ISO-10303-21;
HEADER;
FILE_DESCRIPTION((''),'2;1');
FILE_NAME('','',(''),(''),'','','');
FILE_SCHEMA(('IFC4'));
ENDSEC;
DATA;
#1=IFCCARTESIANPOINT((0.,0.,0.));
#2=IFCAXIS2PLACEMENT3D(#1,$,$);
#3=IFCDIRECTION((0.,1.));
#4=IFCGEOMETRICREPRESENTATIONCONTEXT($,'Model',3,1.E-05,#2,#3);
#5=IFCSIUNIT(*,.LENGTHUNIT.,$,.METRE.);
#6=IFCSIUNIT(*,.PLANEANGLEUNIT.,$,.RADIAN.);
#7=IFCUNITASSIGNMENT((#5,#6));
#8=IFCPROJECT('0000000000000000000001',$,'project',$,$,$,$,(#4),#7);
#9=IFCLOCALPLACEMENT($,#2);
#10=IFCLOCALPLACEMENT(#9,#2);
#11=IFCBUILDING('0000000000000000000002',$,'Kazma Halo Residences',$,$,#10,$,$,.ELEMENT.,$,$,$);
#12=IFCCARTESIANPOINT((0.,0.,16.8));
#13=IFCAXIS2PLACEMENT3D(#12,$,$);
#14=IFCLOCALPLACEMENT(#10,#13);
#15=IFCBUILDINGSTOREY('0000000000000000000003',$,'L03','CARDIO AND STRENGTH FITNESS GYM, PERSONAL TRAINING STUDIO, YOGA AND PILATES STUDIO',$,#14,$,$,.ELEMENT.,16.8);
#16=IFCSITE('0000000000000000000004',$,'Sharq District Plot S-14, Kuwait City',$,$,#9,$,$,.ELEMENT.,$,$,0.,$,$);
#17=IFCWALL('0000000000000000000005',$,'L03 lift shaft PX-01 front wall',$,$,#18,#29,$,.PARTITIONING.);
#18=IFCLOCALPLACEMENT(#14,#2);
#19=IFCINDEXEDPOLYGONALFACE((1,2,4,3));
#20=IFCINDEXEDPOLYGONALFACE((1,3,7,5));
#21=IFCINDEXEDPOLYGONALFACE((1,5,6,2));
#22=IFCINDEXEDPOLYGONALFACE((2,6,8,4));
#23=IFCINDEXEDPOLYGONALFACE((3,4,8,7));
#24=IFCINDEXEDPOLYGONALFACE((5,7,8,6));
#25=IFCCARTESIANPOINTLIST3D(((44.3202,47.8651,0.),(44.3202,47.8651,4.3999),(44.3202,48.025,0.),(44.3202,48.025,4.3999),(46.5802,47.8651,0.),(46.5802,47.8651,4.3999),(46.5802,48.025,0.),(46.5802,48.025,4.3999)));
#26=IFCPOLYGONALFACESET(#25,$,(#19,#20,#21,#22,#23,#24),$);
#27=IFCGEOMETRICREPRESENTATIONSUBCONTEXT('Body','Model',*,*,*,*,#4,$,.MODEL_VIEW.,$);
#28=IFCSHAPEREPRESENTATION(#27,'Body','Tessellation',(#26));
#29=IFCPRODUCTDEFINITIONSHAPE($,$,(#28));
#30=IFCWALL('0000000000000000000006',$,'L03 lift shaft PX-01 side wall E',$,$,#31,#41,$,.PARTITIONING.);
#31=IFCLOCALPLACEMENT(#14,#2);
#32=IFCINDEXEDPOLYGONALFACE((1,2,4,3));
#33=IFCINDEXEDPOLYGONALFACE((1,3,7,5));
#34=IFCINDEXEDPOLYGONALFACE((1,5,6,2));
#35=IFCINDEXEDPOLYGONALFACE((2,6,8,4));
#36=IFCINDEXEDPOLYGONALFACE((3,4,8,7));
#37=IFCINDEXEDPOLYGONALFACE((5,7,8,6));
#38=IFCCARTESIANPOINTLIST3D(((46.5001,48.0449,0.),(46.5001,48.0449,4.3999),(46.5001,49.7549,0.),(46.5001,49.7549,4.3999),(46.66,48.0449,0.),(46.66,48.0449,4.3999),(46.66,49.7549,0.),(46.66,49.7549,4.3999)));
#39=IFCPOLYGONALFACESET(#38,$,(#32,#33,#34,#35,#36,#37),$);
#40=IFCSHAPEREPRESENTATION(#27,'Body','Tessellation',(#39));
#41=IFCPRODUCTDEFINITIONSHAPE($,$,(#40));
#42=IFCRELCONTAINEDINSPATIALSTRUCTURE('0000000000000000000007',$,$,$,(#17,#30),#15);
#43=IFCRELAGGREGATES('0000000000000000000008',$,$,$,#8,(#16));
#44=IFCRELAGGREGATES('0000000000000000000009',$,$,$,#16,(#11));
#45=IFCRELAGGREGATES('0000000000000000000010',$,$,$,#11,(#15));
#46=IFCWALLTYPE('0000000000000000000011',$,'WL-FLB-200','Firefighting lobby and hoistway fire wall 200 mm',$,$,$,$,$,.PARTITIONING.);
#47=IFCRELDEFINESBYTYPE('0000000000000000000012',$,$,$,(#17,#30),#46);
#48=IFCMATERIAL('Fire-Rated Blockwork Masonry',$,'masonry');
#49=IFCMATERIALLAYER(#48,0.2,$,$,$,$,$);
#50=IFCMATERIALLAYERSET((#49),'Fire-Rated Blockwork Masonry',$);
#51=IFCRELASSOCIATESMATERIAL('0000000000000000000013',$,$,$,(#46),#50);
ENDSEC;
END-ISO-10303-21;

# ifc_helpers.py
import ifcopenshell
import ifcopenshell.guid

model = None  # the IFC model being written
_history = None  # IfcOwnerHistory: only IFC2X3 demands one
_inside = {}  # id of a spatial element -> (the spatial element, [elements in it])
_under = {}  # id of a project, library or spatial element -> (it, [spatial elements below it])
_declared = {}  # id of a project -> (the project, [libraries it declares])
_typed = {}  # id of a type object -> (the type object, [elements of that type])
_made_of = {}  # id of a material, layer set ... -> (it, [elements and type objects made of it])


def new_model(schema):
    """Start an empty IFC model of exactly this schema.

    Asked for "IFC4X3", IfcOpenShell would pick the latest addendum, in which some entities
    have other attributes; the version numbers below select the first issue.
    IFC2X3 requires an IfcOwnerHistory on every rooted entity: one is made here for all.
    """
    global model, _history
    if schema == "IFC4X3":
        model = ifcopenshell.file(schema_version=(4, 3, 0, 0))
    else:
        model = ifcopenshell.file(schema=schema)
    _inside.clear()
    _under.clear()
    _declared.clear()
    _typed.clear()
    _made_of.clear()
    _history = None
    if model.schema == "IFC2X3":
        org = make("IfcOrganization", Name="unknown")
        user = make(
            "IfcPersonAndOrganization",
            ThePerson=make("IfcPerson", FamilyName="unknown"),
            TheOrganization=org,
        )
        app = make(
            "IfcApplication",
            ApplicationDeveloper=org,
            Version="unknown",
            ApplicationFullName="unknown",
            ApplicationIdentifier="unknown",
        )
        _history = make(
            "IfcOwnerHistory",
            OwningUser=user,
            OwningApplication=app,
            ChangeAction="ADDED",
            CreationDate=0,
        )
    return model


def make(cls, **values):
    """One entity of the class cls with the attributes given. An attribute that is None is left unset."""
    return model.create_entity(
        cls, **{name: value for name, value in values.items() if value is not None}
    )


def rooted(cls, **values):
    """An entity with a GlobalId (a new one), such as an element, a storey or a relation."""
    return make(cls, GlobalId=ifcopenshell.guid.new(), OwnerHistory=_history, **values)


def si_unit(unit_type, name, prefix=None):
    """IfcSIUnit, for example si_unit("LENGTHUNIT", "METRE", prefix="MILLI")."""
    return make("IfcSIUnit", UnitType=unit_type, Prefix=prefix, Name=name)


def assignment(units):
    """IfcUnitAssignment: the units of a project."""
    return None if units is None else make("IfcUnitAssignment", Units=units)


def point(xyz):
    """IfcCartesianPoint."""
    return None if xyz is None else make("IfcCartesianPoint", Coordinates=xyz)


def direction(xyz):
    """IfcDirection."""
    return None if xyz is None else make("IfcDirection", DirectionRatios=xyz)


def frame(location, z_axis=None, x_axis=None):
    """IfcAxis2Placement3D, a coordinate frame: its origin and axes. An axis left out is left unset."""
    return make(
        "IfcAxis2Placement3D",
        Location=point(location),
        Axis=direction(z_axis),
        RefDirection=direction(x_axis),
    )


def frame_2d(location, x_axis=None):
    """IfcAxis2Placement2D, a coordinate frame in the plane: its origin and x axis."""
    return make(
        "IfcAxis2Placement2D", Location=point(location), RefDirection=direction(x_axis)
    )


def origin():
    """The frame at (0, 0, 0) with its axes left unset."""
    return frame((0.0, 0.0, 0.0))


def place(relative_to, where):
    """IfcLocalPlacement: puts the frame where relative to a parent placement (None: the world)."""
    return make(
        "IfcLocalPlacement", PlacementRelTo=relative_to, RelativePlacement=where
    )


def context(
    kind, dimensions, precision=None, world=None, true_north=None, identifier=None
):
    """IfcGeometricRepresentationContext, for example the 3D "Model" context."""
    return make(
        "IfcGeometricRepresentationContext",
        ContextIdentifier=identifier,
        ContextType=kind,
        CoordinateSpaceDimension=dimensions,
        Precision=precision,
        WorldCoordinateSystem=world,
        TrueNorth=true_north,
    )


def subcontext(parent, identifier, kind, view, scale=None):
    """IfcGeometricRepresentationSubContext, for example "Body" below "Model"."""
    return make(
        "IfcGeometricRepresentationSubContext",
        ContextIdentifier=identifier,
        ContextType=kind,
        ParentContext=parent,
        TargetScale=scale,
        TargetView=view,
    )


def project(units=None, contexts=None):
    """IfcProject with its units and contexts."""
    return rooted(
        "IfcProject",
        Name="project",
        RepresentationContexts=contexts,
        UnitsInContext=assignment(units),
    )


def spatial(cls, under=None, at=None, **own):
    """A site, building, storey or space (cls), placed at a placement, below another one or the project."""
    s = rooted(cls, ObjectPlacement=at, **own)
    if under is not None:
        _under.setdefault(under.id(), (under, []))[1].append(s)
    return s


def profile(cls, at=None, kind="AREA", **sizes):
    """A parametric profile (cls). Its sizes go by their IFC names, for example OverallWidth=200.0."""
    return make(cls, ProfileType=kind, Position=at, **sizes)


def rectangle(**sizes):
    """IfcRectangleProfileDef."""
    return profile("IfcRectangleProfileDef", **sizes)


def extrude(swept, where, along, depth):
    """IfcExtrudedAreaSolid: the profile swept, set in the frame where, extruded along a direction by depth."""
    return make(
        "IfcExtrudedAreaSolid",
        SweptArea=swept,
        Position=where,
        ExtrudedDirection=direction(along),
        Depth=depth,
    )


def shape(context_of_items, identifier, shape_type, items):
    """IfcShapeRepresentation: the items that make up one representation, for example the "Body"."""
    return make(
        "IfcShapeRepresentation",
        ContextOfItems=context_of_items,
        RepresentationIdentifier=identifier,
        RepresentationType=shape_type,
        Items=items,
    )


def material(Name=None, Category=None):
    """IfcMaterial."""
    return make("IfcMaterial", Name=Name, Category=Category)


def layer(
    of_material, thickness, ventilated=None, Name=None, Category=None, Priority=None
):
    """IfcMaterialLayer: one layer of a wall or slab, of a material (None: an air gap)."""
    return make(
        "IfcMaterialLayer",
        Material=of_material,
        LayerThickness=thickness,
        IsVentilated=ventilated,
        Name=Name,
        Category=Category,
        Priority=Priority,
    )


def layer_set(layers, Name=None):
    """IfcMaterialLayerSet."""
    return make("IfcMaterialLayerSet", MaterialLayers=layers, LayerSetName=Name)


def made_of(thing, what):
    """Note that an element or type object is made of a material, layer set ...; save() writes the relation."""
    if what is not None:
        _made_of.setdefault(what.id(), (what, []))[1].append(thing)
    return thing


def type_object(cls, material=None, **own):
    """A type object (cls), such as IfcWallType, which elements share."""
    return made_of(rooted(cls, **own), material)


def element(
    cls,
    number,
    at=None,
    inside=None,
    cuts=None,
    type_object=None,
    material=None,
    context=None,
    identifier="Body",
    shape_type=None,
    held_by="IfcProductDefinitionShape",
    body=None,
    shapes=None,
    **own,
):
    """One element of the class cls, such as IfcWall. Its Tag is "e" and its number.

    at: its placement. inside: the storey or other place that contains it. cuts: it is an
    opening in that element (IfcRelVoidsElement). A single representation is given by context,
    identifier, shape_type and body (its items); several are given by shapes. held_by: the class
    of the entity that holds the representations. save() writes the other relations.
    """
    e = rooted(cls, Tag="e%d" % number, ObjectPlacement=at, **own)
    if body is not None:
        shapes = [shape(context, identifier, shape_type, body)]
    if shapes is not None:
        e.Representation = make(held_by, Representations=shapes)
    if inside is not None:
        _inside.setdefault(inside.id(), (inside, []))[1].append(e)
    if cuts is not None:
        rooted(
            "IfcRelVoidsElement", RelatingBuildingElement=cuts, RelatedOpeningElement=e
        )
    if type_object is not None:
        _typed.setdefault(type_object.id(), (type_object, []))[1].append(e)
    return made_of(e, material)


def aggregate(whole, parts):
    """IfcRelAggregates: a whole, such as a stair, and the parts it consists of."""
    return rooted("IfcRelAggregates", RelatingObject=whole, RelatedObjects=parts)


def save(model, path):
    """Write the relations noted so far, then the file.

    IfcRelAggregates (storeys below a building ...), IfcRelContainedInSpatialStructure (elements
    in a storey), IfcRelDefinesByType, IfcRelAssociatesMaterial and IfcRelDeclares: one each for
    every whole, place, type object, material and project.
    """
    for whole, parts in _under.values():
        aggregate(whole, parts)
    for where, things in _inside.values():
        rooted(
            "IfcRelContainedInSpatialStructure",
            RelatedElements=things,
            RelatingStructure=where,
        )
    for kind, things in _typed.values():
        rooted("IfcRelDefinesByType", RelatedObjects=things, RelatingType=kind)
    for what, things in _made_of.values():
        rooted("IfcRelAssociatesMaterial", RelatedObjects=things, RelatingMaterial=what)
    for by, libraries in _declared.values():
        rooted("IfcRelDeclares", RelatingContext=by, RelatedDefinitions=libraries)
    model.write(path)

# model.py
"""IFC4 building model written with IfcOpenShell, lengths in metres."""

from ifc_helpers import new_model, si_unit, direction, frame, frame_2d, origin, place, context, subcontext, project, spatial, rectangle, extrude, material, layer, layer_set, type_object, element, save


model = new_model("IFC4")

# Units and contexts
model_context = context("Model", 3, precision=1e-05, world=origin(), true_north=direction((0.0, 1.0)))
body_context = subcontext(model_context, "Body", "Model", "MODEL_VIEW")
ifc_project = project(units=[si_unit("LENGTHUNIT", "METRE"), si_unit("PLANEANGLEUNIT", "RADIAN")], contexts=[model_context])

# Site, building, storey
site_placement = place(None, origin())
site = spatial("IfcSite", under=ifc_project, at=site_placement, Name="Sharq District Plot S-14, Kuwait City", CompositionType="ELEMENT", RefElevation=0.0)
building_placement = place(site_placement, origin())
building = spatial("IfcBuilding", under=site, at=building_placement, Name="Kazma Halo Residences", CompositionType="ELEMENT")
storey_placement = place(building_placement, frame((0.0, 0.0, 16.8)))
storey = spatial("IfcBuildingStorey", under=building, at=storey_placement, Name="L03", Description="CARDIO AND STRENGTH FITNESS GYM, PERSONAL TRAINING STUDIO, YOGA AND PILATES STUDIO", CompositionType="ELEMENT", Elevation=16.8)

# Walls
ifc_material_1 = material(Name="Fire-Rated Blockwork Masonry", Category="masonry")
ifc_layer_1 = layer(ifc_material_1, 0.2)
ifc_layer_set_1 = layer_set([ifc_layer_1], Name="Fire-Rated Blockwork Masonry")
wall_type_1 = type_object("IfcWallType", Name="WL-FLB-200", Description="Firefighting lobby and hoistway fire wall 200 mm", PredefinedType="PARTITIONING", material=ifc_layer_set_1)
wall_1_placement = place(storey_placement, frame((46.5801, 47.9451, 0.0), z_axis=(0.0, 0.0, 1.0), x_axis=(-1.0, 0.0, 0.0)))
element("IfcWall", 1, at=wall_1_placement, inside=storey, type_object=wall_type_1, Name="L03 lift shaft PX-01 front wall", PredefinedType="PARTITIONING", context=body_context, shape_type="SweptSolid", body=[
    extrude(rectangle(XDim=2.26, YDim=0.1599, at=frame_2d((1.1299, 0.0))), origin(), (0.0, 0.0, 1.0), 4.3999),
])
wall_2_placement = place(storey_placement, frame((46.5801, 48.0449, 0.0), z_axis=(0.0, 0.0, 1.0), x_axis=(0.0, 1.0, 0.0)))
element("IfcWall", 2, at=wall_2_placement, inside=storey, type_object=wall_type_1, Name="L03 lift shaft PX-01 side wall E", PredefinedType="PARTITIONING", context=body_context, shape_type="SweptSolid", body=[
    extrude(rectangle(XDim=1.71, YDim=0.1599, at=frame_2d((0.855, 0.0))), origin(), (0.0, 0.0, 1.0), 4.3999),
])

save(model, "model.ifc")
